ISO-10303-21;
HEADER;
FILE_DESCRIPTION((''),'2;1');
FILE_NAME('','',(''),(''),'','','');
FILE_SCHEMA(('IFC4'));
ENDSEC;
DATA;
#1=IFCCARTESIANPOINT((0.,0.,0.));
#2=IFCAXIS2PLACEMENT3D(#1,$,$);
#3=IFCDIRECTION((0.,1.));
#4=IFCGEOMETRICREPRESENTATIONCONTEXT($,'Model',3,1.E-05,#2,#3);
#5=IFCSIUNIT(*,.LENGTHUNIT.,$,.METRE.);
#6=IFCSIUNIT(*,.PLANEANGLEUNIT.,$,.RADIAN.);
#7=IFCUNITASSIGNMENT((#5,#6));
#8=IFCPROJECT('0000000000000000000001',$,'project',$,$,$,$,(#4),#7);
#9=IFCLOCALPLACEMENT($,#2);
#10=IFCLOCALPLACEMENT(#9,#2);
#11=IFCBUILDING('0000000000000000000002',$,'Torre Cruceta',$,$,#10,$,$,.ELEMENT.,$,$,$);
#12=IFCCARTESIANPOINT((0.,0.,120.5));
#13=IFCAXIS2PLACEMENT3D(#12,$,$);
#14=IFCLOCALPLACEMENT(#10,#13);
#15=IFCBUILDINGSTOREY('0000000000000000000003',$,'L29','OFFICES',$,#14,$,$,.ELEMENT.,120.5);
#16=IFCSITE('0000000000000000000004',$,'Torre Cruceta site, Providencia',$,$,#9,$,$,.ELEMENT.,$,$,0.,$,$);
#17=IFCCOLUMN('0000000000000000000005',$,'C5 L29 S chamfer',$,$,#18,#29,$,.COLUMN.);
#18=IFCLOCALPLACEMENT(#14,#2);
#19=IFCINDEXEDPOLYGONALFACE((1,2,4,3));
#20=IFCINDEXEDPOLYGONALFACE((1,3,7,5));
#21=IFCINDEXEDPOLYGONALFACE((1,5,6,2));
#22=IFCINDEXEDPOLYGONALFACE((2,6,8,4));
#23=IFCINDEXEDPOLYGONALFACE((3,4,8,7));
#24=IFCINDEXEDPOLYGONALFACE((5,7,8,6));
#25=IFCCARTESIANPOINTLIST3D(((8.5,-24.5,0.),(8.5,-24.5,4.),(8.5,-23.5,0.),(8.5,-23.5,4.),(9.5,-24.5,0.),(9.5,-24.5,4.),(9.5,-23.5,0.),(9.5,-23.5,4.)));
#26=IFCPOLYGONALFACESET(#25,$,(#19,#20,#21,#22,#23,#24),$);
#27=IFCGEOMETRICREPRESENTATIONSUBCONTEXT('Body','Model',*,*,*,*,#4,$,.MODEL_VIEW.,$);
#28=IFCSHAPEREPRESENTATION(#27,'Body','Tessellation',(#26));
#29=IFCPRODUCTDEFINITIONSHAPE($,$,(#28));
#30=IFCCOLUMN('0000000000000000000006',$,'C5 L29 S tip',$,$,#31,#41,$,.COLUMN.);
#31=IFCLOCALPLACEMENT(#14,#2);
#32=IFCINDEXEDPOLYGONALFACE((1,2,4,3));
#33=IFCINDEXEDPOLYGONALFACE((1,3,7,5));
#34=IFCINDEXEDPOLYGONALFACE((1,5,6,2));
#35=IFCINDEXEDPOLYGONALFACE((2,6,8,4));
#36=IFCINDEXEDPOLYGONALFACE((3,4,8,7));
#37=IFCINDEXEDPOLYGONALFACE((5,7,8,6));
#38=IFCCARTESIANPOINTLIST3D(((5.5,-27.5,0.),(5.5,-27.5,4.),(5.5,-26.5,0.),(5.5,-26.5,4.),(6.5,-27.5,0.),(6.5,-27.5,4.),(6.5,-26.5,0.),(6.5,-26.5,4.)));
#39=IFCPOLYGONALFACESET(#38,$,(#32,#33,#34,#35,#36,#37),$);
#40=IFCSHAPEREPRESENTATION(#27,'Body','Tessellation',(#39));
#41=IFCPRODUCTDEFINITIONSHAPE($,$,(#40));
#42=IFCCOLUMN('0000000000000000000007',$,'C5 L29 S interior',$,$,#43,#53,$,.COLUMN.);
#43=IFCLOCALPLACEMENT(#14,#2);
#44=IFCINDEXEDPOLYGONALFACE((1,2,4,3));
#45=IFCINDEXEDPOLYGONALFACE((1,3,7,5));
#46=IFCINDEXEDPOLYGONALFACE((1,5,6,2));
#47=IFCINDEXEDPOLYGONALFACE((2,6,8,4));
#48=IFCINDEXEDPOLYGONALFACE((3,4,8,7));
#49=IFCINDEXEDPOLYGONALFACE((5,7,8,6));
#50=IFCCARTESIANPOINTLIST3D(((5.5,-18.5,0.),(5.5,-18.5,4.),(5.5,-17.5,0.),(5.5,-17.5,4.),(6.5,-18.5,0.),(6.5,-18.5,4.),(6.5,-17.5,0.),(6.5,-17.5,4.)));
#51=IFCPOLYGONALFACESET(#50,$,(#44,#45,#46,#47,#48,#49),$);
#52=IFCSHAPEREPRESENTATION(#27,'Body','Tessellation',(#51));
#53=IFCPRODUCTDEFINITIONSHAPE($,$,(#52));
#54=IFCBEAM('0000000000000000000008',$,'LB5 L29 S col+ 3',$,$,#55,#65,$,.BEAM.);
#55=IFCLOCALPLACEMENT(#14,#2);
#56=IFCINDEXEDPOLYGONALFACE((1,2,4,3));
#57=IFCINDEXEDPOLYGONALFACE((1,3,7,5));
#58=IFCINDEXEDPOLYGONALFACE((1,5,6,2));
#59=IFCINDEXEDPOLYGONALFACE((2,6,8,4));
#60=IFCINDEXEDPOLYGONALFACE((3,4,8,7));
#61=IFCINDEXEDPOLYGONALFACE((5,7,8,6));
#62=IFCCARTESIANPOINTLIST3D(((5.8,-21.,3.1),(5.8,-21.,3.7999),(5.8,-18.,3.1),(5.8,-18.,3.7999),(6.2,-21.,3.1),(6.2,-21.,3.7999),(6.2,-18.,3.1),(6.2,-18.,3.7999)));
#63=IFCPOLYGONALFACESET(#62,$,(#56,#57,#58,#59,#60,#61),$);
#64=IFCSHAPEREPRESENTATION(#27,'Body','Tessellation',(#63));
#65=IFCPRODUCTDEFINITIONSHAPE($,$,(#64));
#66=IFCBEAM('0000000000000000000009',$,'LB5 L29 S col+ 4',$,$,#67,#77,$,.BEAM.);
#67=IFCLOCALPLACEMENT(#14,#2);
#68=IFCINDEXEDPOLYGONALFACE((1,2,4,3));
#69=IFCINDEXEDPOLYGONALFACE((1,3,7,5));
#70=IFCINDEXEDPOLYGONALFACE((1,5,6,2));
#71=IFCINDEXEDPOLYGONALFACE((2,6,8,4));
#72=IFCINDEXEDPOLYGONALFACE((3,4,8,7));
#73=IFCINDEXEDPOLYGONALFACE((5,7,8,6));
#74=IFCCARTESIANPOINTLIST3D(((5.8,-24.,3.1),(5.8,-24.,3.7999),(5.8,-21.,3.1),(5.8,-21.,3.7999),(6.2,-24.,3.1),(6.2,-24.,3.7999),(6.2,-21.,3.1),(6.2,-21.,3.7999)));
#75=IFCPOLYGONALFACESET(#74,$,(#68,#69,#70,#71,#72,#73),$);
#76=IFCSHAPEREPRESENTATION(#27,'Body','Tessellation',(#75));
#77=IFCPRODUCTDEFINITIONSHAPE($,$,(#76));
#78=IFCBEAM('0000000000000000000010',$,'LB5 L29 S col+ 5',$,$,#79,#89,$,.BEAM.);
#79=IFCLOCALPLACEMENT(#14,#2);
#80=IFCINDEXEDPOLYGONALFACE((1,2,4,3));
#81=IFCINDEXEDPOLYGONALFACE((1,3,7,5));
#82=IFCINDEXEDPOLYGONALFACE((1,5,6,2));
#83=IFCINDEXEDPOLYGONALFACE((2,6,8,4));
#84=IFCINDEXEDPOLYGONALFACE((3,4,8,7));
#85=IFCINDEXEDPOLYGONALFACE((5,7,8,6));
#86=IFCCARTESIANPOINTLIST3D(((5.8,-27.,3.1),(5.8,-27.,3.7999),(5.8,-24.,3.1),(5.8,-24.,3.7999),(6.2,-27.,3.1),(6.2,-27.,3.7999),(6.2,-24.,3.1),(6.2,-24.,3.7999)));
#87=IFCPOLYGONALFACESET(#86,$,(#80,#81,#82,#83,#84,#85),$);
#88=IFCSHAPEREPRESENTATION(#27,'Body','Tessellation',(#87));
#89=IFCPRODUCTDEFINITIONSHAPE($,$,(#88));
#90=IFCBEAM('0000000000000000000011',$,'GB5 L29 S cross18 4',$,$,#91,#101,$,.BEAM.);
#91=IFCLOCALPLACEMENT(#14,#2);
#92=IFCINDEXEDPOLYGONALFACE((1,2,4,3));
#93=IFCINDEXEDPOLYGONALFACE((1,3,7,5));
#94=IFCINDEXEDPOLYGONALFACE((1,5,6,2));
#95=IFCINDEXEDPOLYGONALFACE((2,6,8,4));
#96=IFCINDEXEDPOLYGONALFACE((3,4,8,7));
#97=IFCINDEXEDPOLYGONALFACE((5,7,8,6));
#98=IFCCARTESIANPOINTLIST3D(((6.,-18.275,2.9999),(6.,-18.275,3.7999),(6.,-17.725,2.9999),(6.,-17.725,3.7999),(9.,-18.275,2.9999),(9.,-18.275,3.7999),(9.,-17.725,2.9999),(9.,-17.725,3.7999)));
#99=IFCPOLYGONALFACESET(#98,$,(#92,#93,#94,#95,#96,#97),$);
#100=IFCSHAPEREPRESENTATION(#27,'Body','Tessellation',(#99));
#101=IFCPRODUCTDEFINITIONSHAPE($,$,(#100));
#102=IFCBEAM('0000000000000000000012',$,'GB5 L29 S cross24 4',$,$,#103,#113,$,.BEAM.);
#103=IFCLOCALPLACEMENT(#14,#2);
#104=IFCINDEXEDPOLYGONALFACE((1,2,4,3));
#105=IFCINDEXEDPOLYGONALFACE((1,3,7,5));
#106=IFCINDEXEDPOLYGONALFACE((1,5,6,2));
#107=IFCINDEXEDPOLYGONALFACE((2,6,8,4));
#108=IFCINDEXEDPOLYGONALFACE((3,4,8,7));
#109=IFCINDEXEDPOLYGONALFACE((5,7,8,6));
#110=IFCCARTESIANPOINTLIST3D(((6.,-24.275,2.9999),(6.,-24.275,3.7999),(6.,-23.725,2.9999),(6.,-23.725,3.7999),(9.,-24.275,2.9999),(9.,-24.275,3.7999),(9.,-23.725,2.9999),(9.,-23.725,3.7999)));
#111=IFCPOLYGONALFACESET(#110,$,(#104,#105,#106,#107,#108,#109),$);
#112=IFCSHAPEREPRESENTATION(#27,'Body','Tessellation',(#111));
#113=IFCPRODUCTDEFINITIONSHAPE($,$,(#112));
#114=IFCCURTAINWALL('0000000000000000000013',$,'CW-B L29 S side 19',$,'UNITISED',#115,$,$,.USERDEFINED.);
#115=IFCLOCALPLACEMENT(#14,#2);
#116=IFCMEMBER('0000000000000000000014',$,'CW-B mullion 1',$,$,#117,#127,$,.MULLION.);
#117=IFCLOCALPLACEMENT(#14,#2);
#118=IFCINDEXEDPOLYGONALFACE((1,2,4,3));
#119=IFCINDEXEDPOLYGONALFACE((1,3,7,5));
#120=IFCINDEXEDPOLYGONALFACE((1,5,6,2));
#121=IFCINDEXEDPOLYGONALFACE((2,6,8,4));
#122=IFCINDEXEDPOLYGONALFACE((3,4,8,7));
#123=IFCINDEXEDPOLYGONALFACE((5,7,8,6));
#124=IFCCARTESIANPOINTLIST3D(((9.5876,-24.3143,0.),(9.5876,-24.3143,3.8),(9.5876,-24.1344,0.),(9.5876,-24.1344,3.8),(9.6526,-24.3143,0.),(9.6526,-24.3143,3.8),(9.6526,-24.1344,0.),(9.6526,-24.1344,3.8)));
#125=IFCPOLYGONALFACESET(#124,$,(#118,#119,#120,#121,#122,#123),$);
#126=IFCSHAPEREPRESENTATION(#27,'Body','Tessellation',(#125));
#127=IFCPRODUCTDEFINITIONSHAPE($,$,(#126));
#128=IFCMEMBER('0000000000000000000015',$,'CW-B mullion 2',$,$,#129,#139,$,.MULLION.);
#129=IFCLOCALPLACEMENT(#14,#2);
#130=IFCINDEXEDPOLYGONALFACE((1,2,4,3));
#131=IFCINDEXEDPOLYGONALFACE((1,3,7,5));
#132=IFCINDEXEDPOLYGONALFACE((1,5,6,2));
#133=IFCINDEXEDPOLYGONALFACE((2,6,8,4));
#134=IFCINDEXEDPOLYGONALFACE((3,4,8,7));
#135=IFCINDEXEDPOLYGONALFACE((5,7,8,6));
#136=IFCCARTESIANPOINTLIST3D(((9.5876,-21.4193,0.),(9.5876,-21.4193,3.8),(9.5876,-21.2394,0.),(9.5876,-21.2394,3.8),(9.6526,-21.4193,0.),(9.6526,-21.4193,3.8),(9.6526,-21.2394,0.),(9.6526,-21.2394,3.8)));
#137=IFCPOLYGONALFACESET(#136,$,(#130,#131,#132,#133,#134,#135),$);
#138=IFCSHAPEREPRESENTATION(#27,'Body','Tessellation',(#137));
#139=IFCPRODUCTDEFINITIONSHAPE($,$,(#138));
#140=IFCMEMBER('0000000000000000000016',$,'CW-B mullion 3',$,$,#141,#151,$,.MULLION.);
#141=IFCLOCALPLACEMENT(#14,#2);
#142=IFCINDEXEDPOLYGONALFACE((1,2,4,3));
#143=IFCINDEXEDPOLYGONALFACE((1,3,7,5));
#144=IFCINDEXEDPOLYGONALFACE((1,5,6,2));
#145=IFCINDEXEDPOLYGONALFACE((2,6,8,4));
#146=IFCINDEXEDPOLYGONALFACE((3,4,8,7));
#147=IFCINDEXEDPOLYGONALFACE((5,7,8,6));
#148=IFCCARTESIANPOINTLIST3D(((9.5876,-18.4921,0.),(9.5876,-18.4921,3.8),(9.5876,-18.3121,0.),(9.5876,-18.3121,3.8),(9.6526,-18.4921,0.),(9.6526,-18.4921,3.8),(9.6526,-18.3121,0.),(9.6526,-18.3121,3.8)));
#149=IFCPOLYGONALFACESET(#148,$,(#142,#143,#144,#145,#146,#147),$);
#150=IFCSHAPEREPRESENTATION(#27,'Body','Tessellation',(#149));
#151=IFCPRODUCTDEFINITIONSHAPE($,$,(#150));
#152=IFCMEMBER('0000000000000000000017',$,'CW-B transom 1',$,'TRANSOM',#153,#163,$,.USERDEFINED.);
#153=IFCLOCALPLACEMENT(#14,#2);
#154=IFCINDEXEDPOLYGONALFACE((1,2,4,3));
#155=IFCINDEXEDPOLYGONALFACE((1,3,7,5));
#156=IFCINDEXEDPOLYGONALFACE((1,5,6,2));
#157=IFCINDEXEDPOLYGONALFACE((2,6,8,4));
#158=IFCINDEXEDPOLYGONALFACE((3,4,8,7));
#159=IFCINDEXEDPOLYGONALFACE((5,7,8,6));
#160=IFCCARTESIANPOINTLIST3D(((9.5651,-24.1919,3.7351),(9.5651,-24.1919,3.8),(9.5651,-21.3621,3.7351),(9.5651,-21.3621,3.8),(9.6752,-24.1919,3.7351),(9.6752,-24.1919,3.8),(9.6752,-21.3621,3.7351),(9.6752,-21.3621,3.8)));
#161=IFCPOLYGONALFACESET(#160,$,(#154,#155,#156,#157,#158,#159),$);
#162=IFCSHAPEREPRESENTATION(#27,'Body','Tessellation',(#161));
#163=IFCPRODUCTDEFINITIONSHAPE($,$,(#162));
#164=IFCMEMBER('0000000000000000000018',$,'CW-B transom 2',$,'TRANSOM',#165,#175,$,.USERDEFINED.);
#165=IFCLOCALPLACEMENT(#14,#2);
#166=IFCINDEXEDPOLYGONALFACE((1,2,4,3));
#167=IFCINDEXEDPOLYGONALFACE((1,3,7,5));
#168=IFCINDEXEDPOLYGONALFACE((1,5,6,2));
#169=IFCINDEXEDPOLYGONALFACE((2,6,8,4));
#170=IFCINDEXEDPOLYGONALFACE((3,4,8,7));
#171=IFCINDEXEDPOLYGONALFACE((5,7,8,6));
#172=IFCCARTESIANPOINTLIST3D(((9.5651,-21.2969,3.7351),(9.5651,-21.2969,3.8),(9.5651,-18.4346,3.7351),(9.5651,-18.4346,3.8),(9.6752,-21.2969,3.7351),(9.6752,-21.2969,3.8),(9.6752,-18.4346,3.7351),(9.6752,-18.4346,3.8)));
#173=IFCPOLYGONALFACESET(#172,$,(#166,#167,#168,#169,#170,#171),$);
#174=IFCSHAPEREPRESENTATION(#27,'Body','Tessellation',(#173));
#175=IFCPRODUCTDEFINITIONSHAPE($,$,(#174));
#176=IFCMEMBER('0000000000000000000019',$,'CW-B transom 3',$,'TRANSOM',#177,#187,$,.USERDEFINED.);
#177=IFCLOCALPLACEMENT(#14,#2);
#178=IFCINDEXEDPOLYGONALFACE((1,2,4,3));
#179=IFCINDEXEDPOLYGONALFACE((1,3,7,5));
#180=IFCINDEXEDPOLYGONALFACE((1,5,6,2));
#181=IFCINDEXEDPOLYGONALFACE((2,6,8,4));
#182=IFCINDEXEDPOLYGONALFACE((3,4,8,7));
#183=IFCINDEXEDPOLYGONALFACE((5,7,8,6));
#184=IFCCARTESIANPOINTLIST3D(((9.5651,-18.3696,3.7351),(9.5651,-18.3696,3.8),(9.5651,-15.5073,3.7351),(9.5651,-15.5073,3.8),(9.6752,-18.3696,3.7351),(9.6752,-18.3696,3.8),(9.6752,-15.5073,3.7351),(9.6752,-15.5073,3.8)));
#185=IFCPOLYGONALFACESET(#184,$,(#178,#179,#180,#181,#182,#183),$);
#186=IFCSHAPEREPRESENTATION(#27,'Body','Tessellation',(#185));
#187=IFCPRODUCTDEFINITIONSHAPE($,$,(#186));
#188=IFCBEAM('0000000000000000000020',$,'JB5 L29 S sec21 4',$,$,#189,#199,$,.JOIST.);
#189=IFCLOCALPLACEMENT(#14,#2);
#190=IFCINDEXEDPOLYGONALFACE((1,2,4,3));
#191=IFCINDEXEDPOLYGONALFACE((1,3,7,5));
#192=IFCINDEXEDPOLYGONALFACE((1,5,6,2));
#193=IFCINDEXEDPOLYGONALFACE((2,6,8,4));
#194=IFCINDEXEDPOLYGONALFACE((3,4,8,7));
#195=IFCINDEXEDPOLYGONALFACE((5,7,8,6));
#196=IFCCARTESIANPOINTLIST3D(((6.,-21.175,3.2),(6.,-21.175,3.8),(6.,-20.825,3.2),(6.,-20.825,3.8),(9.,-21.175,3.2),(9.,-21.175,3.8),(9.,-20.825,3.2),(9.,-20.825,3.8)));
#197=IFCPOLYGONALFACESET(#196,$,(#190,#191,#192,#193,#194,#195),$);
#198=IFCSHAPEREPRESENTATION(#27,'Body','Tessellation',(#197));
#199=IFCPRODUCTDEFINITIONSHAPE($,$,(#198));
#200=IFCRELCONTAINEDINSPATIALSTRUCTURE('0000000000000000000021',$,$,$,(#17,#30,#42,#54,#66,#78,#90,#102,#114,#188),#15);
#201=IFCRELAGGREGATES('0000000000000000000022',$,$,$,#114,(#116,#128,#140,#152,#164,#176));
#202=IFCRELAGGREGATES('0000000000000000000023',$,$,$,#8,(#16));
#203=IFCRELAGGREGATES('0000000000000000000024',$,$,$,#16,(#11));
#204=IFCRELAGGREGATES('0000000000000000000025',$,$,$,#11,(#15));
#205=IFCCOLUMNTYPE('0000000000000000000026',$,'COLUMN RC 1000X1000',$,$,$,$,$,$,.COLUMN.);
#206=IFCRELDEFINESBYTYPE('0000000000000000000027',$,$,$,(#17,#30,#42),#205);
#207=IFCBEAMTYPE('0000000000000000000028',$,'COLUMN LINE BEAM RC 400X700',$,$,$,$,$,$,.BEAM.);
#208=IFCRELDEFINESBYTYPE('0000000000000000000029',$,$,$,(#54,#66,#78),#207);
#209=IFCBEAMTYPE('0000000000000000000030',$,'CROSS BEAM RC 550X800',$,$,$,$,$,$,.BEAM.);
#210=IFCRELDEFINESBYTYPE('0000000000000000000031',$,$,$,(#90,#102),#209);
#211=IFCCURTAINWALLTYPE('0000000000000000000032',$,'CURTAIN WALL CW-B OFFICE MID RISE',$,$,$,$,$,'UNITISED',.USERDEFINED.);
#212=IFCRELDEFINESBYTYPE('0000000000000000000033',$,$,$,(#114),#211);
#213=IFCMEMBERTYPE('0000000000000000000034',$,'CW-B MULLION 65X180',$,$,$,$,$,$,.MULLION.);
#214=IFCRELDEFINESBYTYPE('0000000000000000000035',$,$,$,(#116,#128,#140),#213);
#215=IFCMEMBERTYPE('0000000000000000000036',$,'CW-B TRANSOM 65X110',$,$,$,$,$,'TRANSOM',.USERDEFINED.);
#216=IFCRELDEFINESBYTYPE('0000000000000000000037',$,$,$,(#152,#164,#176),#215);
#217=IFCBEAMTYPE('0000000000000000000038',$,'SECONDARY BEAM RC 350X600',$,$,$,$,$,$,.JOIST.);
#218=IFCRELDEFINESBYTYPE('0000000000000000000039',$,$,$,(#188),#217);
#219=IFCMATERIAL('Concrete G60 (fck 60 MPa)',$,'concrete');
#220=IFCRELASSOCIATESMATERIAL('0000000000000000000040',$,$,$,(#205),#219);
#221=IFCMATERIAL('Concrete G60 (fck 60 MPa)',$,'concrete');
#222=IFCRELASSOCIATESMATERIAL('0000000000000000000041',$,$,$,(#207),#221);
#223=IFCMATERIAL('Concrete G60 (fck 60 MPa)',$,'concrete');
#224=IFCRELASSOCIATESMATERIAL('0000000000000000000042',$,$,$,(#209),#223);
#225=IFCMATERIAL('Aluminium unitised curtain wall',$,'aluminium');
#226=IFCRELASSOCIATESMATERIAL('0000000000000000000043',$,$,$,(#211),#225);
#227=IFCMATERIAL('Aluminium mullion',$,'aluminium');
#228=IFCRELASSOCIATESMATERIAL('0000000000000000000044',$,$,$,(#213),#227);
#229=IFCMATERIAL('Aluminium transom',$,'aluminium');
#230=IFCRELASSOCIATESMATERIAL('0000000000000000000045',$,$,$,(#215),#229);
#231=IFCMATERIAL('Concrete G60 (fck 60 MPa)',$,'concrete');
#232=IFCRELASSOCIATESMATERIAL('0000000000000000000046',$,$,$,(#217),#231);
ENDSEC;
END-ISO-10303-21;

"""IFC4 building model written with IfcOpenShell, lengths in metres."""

from ifc_helpers import new_model, si_unit, direction, frame, origin, origin_2d, place, context, subcontext, project, spatial, rectangle, extrude, material, material_profile, profile_set, type_object, element, aggregate, save


model = new_model("IFC4")

# Units and contexts
model_context = context("Model", 3, precision=1e-05, world=origin(), true_north=direction((0.0, 1.0)))
body_context = subcontext(model_context, "Body", "Model", "MODEL_VIEW")
ifc_project = project(units=[si_unit("LENGTHUNIT", "METRE"), si_unit("PLANEANGLEUNIT", "RADIAN")], contexts=[model_context])

# Site, building, storey
site_placement = place(None, origin())
site = spatial("IfcSite", under=ifc_project, at=site_placement, Name="Torre Cruceta site, Providencia", CompositionType="ELEMENT", RefElevation=0.0)
building_placement = place(site_placement, origin())
building = spatial("IfcBuilding", under=site, at=building_placement, Name="Torre Cruceta", CompositionType="ELEMENT")
storey_placement = place(building_placement, frame((0.0, 0.0, 120.5)))
storey = spatial("IfcBuildingStorey", under=building, at=storey_placement, Name="L29", Description="OFFICES", CompositionType="ELEMENT", Elevation=120.5)

# Columns
ifc_material_1 = material(Name="Concrete G60 (fck 60 MPa)", Category="concrete")
ifc_material_profile_1 = material_profile(ifc_material_1, rectangle(XDim=1.0, YDim=1.0, at=origin_2d()), Name="RC 1000X1000")
ifc_profile_set_1 = profile_set([ifc_material_profile_1], Name="Concrete G60 (fck 60 MPa)")
column_type = type_object("IfcColumnType", Name="COLUMN RC 1000X1000", PredefinedType="COLUMN", material=ifc_profile_set_1)
for number, where, z_axis, x_axis, name in (
    (1, (9.0, -24.0, 0.0), (0.0, 0.0, 1.0), (1.0, 0.0, 0.0), "C5 L29 S chamfer"),
    (2, (6.0, -27.0, 0.0), (0.0, 0.0, 1.0), (1.0, 0.0, 0.0), "C5 L29 S tip"),
    (3, (6.0, -18.0, 0.0), (0.0, 0.0, 1.0), (1.0, 0.0, 0.0), "C5 L29 S interior"),
):
    element("IfcColumn", number, at=place(storey_placement, frame(where, z_axis=z_axis, x_axis=x_axis)), inside=storey, type_object=column_type, Name=name, PredefinedType="COLUMN", context=body_context, shape_type="SweptSolid", body=[
        extrude(rectangle(XDim=1.0, YDim=1.0, at=origin_2d()), origin(), (0.0, 0.0, 1.0), 4.0),
    ])

# Beams
ifc_material_2 = material(Name="Concrete G60 (fck 60 MPa)", Category="concrete")
ifc_material_profile_2 = material_profile(ifc_material_2, rectangle(XDim=0.3999, YDim=0.7, at=origin_2d()), Name="RC 400X700")
ifc_profile_set_2 = profile_set([ifc_material_profile_2], Name="Concrete G60 (fck 60 MPa)")
beam_type_1 = type_object("IfcBeamType", Name="COLUMN LINE BEAM RC 400X700", PredefinedType="BEAM", material=ifc_profile_set_2)
for number, where, z_axis, x_axis, name in (
    (4, (6.0, -18.0, 3.45), (0.0, -1.0, 0.0), (1.0, 0.0, 0.0), "LB5 L29 S col+ 3"),
    (5, (6.0, -21.0, 3.45), (0.0, -1.0, 0.0), (1.0, 0.0, 0.0), "LB5 L29 S col+ 4"),
    (6, (6.0, -24.0, 3.45), (0.0, -1.0, 0.0), (1.0, 0.0, 0.0), "LB5 L29 S col+ 5"),
):
    element("IfcBeam", number, at=place(storey_placement, frame(where, z_axis=z_axis, x_axis=x_axis)), inside=storey, type_object=beam_type_1, Name=name, PredefinedType="BEAM", context=body_context, shape_type="SweptSolid", body=[
        extrude(rectangle(XDim=0.3999, YDim=0.7, at=origin_2d()), origin(), (0.0, 0.0, 1.0), 3.0),
    ])
ifc_material_3 = material(Name="Concrete G60 (fck 60 MPa)", Category="concrete")
ifc_material_profile_3 = material_profile(ifc_material_3, rectangle(XDim=0.55, YDim=0.8, at=origin_2d()), Name="RC 550X800")
ifc_profile_set_3 = profile_set([ifc_material_profile_3], Name="Concrete G60 (fck 60 MPa)")
beam_type_2 = type_object("IfcBeamType", Name="CROSS BEAM RC 550X800", PredefinedType="BEAM", material=ifc_profile_set_3)
for number, where, z_axis, x_axis, name in (
    (7, (6.0, -18.0, 3.3999), (1.0, 0.0, 0.0), (0.0, 1.0, 0.0), "GB5 L29 S cross18 4"),
    (8, (6.0, -24.0, 3.3999), (1.0, 0.0, 0.0), (0.0, 1.0, 0.0), "GB5 L29 S cross24 4"),
):
    element("IfcBeam", number, at=place(storey_placement, frame(where, z_axis=z_axis, x_axis=x_axis)), inside=storey, type_object=beam_type_2, Name=name, PredefinedType="BEAM", context=body_context, shape_type="SweptSolid", body=[
        extrude(rectangle(XDim=0.55, YDim=0.8, at=origin_2d()), origin(), (0.0, 0.0, 1.0), 3.0),
    ])

# Curtain wall, members
ifc_material_4 = material(Name="Aluminium unitised curtain wall", Category="aluminium")
curtain_wall_type = type_object("IfcCurtainWallType", Name="CURTAIN WALL CW-B OFFICE MID RISE", ElementType="UNITISED", PredefinedType="USERDEFINED", material=ifc_material_4)
curtain_wall_placement = place(storey_placement, origin())
curtain_wall = element("IfcCurtainWall", 9, at=curtain_wall_placement, inside=storey, type_object=curtain_wall_type, Name="CW-B L29 S side 19", ObjectType="UNITISED", PredefinedType="USERDEFINED")
ifc_material_5 = material(Name="Aluminium mullion", Category="aluminium")
ifc_material_profile_4 = material_profile(ifc_material_5, rectangle(XDim=0.0649, YDim=0.1799, at=origin_2d()), Name="AL 65X180")
ifc_profile_set_4 = profile_set([ifc_material_profile_4], Name="Aluminium mullion")
member_type_1 = type_object("IfcMemberType", Name="CW-B MULLION 65X180", PredefinedType="MULLION", material=ifc_profile_set_4)
member_1_placement = place(storey_placement, frame((9.6201, -24.2244, 0.0), z_axis=(0.0, 0.0, 1.0), x_axis=(-1.0, 0.0, 0.0)))
member_1 = element("IfcMember", 10, at=member_1_placement, type_object=member_type_1, Name="CW-B mullion 1", PredefinedType="MULLION", context=body_context, shape_type="SweptSolid", body=[
    extrude(rectangle(XDim=0.0649, YDim=0.1799, at=origin_2d()), origin(), (0.0, 0.0, 1.0), 3.8),
])
member_2_placement = place(storey_placement, frame((9.6201, -21.3293, 0.0), z_axis=(0.0, 0.0, 1.0), x_axis=(-1.0, 0.0, 0.0)))
member_2 = element("IfcMember", 11, at=member_2_placement, type_object=member_type_1, Name="CW-B mullion 2", PredefinedType="MULLION", context=body_context, shape_type="SweptSolid", body=[
    extrude(rectangle(XDim=0.0649, YDim=0.1799, at=origin_2d()), origin(), (0.0, 0.0, 1.0), 3.8),
])
member_3_placement = place(storey_placement, frame((9.6201, -18.4021, 0.0), z_axis=(0.0, 0.0, 1.0), x_axis=(-1.0, 0.0, 0.0)))
member_3 = element("IfcMember", 12, at=member_3_placement, type_object=member_type_1, Name="CW-B mullion 3", PredefinedType="MULLION", context=body_context, shape_type="SweptSolid", body=[
    extrude(rectangle(XDim=0.0649, YDim=0.1799, at=origin_2d()), origin(), (0.0, 0.0, 1.0), 3.8),
])
ifc_material_6 = material(Name="Aluminium transom", Category="aluminium")
ifc_material_profile_5 = material_profile(ifc_material_6, rectangle(XDim=0.1101, YDim=0.0649, at=origin_2d()), Name="AL 110X65")
ifc_profile_set_5 = profile_set([ifc_material_profile_5], Name="Aluminium transom")
member_type_2 = type_object("IfcMemberType", Name="CW-B TRANSOM 65X110", ElementType="TRANSOM", PredefinedType="USERDEFINED", material=ifc_profile_set_5)
member_4_placement = place(storey_placement, frame((9.6201, -24.1919, 3.7676), z_axis=(0.0, 1.0, 0.0), x_axis=(-1.0, 0.0, 0.0)))
member_4 = element("IfcMember", 13, at=member_4_placement, type_object=member_type_2, Name="CW-B transom 1", ObjectType="TRANSOM", PredefinedType="USERDEFINED", context=body_context, shape_type="SweptSolid", body=[
    extrude(rectangle(XDim=0.1101, YDim=0.0649, at=origin_2d()), origin(), (0.0, 0.0, 1.0), 2.8298),
])
member_5_placement = place(storey_placement, frame((9.6201, -21.2969, 3.7676), z_axis=(0.0, 1.0, 0.0), x_axis=(-1.0, 0.0, 0.0)))
member_5 = element("IfcMember", 14, at=member_5_placement, type_object=member_type_2, Name="CW-B transom 2", ObjectType="TRANSOM", PredefinedType="USERDEFINED", context=body_context, shape_type="SweptSolid", body=[
    extrude(rectangle(XDim=0.1101, YDim=0.0649, at=origin_2d()), origin(), (0.0, 0.0, 1.0), 2.8623),
])
member_6_placement = place(storey_placement, frame((9.6201, -18.3696, 3.7676), z_axis=(0.0, 1.0, 0.0), x_axis=(-1.0, 0.0, 0.0)))
member_6 = element("IfcMember", 15, at=member_6_placement, type_object=member_type_2, Name="CW-B transom 3", ObjectType="TRANSOM", PredefinedType="USERDEFINED", context=body_context, shape_type="SweptSolid", body=[
    extrude(rectangle(XDim=0.1101, YDim=0.0649, at=origin_2d()), origin(), (0.0, 0.0, 1.0), 2.8623),
])

# Beam
ifc_material_7 = material(Name="Concrete G60 (fck 60 MPa)", Category="concrete")
ifc_material_profile_6 = material_profile(ifc_material_7, rectangle(XDim=0.3501, YDim=0.6001, at=origin_2d()), Name="RC 350X600")
ifc_profile_set_6 = profile_set([ifc_material_profile_6], Name="Concrete G60 (fck 60 MPa)")
beam_type_3 = type_object("IfcBeamType", Name="SECONDARY BEAM RC 350X600", PredefinedType="JOIST", material=ifc_profile_set_6)
beam_1_placement = place(storey_placement, frame((6.0, -21.0, 3.5), z_axis=(1.0, 0.0, 0.0), x_axis=(0.0, 1.0, 0.0)))
element("IfcBeam", 16, at=beam_1_placement, inside=storey, type_object=beam_type_3, Name="JB5 L29 S sec21 4", PredefinedType="JOIST", context=body_context, shape_type="SweptSolid", body=[
    extrude(rectangle(XDim=0.3501, YDim=0.6001, at=origin_2d()), origin(), (0.0, 0.0, 1.0), 3.0),
])

aggregate(curtain_wall, [member_1, member_2, member_3, member_4, member_5, member_6])

save(model, "model.ifc")
